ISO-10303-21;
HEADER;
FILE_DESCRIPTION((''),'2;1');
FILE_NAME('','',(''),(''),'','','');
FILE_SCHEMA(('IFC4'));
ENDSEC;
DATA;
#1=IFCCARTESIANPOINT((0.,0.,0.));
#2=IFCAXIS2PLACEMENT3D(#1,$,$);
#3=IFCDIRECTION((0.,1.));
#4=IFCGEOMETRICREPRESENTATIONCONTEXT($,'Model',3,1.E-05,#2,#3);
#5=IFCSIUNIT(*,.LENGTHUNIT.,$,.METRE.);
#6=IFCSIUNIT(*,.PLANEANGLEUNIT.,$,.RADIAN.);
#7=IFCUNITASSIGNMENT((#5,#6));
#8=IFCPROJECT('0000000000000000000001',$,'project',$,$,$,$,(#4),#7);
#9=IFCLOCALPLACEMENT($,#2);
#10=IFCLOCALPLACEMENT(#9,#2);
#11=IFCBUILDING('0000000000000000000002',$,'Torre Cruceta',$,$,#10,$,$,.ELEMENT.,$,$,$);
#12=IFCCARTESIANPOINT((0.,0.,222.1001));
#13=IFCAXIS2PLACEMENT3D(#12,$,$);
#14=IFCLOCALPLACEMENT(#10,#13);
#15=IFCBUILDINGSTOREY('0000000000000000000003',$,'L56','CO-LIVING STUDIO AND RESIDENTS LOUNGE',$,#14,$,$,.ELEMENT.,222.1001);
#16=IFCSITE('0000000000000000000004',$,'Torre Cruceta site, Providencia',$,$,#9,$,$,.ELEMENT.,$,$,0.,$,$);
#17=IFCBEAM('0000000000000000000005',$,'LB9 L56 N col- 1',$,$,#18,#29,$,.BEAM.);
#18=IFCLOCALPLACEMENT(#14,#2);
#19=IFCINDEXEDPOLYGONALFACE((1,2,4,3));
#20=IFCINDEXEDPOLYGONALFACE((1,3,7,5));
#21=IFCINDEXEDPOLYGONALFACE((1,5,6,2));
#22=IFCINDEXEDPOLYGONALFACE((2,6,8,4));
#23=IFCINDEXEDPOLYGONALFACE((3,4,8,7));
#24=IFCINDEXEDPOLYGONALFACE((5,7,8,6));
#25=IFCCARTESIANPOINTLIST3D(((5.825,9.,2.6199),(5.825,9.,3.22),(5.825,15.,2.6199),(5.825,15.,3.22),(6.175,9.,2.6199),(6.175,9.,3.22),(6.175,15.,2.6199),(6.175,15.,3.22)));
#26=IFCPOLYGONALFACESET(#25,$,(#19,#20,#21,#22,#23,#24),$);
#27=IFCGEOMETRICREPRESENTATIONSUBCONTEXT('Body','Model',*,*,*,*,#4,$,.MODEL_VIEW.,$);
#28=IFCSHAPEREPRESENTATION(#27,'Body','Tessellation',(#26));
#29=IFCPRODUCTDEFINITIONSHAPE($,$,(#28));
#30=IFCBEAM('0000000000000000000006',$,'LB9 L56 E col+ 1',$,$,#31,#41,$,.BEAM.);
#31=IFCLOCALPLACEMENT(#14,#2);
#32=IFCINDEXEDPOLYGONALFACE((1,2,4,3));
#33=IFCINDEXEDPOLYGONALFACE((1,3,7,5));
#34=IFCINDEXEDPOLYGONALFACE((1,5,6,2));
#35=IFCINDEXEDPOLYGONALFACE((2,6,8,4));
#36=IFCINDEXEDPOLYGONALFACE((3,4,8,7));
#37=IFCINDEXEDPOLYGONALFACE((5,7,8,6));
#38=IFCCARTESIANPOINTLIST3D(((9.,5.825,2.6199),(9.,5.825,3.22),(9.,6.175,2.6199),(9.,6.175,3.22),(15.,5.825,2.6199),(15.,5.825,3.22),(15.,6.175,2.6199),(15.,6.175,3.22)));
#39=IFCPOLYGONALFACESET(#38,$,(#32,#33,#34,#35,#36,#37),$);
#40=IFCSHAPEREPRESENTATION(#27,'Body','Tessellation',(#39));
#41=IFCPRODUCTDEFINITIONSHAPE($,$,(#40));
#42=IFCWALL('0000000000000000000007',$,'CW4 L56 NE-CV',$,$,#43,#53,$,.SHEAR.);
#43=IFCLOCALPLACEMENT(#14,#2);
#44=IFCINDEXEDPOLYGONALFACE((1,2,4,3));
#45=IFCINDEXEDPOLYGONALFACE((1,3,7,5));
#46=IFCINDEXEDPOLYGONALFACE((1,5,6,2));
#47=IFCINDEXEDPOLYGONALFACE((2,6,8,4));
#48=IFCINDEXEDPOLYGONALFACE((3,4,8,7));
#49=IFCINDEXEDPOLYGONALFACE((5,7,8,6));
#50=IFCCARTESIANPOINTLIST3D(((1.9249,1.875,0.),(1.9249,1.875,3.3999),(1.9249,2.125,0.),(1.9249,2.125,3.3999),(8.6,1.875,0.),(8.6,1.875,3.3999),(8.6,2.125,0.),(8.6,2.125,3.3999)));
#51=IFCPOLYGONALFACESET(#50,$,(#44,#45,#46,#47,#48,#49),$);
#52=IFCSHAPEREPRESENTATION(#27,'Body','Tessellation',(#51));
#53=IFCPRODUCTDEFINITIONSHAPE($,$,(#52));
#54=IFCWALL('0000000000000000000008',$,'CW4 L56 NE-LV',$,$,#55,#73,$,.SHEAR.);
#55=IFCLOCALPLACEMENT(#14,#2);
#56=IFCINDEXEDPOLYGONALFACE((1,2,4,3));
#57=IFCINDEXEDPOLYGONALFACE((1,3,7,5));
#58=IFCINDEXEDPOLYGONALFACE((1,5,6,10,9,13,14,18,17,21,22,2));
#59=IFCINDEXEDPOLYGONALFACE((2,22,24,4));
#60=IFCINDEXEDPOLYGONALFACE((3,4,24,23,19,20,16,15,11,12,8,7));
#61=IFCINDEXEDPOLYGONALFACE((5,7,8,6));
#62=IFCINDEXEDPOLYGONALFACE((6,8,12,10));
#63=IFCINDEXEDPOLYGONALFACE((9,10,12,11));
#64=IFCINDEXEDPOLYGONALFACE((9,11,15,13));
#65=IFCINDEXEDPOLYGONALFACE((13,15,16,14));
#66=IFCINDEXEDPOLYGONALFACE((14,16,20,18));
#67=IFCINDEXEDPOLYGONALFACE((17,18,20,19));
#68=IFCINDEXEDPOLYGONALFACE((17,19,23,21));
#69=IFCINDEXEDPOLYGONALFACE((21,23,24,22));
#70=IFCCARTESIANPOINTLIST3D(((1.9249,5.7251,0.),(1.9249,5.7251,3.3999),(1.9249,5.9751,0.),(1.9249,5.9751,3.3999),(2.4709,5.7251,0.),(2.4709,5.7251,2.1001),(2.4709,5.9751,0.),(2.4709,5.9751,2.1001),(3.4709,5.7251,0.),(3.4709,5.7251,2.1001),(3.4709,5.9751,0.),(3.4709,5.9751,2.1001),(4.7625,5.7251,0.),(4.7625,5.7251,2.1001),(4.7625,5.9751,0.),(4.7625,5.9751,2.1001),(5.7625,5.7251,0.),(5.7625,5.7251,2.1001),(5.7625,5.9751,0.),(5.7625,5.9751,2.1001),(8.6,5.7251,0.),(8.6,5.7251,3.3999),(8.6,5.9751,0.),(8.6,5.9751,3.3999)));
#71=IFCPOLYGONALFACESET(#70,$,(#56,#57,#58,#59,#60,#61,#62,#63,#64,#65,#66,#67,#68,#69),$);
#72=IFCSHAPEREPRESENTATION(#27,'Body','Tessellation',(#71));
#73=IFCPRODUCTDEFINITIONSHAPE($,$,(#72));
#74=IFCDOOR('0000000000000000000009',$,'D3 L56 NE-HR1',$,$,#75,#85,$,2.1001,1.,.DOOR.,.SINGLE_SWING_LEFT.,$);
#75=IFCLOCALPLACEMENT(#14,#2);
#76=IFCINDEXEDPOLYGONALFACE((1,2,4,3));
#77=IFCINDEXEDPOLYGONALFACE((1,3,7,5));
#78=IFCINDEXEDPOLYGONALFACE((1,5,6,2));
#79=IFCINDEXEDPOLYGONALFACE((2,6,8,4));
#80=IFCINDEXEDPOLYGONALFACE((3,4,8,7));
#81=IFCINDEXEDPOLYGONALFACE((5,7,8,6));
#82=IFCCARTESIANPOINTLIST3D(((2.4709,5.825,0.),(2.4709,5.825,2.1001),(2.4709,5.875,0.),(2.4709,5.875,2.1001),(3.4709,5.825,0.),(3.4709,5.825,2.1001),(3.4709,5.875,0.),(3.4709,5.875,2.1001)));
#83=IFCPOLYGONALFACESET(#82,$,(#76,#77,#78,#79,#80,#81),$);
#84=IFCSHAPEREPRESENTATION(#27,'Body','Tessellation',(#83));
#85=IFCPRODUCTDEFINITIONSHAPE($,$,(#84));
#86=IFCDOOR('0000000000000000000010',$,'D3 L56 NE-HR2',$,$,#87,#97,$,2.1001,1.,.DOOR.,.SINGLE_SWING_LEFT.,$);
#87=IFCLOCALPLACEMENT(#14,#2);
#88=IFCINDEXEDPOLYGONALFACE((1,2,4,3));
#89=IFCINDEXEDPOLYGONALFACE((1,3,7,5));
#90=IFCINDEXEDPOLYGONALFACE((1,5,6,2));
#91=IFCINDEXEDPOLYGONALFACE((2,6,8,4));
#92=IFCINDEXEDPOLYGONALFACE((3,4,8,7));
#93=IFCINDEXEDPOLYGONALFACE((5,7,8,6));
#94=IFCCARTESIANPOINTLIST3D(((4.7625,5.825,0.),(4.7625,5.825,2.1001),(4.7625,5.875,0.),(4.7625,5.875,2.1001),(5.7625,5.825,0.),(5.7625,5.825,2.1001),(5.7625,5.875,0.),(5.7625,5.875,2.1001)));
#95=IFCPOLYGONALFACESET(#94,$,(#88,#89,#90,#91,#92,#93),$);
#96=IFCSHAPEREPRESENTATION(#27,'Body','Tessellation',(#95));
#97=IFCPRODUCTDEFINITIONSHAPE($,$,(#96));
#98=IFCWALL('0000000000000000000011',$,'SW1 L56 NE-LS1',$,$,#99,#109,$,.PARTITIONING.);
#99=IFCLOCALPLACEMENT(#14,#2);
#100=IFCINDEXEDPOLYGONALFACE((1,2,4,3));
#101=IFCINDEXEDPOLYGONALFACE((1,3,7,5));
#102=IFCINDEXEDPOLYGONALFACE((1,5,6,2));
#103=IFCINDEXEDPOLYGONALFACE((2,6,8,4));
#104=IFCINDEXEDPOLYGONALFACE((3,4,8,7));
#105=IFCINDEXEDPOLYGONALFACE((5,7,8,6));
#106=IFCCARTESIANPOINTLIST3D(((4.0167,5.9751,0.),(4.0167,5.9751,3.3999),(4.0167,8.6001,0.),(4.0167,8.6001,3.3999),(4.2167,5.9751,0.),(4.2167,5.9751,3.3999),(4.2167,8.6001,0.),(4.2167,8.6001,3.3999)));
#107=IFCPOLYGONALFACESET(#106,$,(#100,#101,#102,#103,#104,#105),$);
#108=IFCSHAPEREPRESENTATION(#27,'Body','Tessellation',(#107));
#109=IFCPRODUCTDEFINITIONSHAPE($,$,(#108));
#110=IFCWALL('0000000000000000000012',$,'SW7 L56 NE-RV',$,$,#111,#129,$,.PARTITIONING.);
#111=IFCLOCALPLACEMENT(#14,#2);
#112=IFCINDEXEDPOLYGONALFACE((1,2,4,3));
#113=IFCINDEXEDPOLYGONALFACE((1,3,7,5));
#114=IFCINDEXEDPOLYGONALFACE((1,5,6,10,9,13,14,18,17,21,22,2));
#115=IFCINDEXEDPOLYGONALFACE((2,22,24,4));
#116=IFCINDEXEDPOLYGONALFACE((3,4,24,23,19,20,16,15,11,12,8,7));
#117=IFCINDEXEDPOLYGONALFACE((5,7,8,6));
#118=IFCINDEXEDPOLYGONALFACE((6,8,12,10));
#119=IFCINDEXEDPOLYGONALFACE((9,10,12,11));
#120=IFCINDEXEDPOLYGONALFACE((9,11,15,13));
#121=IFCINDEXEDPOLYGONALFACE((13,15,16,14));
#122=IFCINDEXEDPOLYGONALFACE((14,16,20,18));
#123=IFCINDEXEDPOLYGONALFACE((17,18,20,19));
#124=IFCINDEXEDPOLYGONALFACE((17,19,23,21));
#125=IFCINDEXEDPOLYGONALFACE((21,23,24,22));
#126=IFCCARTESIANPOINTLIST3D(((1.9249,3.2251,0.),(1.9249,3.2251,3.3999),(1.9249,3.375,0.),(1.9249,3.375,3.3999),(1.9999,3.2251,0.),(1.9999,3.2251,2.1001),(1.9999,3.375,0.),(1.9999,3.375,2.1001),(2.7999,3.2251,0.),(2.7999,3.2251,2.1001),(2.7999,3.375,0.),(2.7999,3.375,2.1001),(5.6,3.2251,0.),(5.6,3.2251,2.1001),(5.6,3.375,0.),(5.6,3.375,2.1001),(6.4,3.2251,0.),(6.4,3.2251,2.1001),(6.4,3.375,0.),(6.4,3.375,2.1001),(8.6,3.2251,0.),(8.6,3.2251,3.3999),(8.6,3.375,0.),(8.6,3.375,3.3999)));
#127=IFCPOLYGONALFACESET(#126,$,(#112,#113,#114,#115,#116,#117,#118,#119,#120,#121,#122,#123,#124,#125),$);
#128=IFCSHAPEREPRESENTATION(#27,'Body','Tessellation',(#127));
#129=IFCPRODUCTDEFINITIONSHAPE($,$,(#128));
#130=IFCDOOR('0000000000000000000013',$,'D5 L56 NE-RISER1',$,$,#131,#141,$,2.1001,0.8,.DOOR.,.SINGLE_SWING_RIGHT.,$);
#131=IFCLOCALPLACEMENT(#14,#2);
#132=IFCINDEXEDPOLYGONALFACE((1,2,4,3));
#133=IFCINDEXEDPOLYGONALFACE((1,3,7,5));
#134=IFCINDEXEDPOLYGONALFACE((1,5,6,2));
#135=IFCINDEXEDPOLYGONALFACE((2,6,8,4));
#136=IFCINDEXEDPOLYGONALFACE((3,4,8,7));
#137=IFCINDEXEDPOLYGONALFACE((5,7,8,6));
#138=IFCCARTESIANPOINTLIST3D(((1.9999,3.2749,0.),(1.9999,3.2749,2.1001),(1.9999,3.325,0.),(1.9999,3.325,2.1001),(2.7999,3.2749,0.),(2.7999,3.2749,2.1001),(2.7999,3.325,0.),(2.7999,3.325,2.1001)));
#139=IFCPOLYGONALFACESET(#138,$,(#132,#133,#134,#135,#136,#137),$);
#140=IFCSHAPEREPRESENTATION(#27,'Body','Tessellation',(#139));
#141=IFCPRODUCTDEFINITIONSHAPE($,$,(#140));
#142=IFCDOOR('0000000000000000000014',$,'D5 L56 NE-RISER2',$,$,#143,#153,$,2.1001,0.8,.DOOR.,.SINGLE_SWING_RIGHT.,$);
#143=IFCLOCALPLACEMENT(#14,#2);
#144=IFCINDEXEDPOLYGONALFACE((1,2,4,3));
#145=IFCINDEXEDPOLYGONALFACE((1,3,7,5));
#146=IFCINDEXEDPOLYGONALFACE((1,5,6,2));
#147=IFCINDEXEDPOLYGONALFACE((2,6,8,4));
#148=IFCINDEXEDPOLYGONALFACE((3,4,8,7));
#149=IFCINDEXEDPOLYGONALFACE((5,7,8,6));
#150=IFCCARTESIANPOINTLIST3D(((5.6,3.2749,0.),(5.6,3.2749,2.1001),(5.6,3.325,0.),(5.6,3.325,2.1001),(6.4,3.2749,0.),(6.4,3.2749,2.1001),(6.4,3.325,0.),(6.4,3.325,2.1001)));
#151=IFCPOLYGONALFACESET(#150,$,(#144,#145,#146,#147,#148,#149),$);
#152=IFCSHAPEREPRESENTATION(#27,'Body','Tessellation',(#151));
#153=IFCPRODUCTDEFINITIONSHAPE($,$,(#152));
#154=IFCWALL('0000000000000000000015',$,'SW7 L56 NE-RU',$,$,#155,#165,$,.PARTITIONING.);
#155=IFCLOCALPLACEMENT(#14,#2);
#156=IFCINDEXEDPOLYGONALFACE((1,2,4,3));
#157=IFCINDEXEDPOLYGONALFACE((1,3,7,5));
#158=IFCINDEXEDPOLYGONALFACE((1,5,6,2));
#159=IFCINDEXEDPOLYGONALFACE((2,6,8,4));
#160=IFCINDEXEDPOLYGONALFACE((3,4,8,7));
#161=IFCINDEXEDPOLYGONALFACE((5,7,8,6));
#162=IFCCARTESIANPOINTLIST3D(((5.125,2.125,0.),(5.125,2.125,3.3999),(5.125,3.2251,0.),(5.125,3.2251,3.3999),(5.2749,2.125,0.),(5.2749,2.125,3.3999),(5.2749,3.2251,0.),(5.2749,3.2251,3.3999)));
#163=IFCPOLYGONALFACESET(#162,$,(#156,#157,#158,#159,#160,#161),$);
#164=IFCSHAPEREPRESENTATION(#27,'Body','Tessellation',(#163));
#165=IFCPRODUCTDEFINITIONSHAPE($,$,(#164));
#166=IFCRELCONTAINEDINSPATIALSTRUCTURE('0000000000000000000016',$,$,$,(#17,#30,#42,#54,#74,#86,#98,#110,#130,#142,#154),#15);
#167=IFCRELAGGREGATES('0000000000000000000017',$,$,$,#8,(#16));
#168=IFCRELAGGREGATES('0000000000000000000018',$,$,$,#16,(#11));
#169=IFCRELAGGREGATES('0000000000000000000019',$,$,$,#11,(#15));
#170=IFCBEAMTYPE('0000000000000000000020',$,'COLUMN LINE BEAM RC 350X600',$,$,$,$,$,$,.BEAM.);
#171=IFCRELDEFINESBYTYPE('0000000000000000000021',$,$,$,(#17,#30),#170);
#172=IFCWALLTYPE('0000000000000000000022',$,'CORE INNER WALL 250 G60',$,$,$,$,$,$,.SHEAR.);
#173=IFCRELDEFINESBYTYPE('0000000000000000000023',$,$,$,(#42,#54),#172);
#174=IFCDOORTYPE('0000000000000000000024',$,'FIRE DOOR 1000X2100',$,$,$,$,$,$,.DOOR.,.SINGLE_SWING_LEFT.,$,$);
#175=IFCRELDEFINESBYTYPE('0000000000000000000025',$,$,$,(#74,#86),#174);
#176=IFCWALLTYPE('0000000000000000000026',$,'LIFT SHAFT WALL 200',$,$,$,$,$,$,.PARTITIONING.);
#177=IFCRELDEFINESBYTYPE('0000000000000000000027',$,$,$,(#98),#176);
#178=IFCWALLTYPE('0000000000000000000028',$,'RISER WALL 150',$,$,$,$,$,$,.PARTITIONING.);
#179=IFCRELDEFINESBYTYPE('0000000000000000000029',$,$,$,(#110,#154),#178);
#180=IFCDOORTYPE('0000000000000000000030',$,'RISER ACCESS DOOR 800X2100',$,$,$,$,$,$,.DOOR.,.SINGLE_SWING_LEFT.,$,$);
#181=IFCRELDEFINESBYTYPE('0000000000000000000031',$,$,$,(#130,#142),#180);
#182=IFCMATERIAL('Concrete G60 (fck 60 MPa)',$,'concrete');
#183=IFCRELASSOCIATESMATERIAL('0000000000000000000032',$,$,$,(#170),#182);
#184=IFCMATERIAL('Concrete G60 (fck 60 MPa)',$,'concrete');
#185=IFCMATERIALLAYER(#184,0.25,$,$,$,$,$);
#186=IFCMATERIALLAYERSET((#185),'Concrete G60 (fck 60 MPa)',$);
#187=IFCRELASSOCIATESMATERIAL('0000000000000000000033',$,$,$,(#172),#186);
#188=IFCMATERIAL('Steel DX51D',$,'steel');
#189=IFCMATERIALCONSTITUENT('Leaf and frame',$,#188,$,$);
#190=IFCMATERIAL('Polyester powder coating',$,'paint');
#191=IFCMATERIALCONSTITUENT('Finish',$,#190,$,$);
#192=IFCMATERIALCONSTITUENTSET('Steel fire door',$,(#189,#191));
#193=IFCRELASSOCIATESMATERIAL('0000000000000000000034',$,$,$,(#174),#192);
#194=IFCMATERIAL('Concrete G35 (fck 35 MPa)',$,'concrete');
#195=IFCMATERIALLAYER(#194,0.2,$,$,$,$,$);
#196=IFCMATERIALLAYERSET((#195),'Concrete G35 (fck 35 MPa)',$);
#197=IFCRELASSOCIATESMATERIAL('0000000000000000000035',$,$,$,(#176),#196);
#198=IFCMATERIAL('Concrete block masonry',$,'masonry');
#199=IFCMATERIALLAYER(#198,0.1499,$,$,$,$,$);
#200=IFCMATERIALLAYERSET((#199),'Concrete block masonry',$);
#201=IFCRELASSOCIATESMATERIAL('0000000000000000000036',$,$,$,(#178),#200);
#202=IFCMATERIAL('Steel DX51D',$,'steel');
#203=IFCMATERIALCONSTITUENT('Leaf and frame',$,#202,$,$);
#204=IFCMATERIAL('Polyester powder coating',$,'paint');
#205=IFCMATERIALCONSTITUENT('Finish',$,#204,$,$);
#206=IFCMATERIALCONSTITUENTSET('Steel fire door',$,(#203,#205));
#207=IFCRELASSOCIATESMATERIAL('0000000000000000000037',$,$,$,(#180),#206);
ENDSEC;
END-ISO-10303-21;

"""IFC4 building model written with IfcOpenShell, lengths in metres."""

from ifc_helpers import new_model, si_unit, direction, frame, frame_2d, origin, origin_2d, place, context, subcontext, project, spatial, rectangle, extrude, material, layer, layer_set, constituent, constituent_set, material_profile, profile_set, type_object, element, fill, save


model = new_model("IFC4")

# Units and contexts
model_context = context("Model", 3, precision=1e-05, world=origin(), true_north=direction((0.0, 1.0)))
body_context = subcontext(model_context, "Body", "Model", "MODEL_VIEW")
ifc_project = project(units=[si_unit("LENGTHUNIT", "METRE"), si_unit("PLANEANGLEUNIT", "RADIAN")], contexts=[model_context])

# Site, building, storey
site_placement = place(None, origin())
site = spatial("IfcSite", under=ifc_project, at=site_placement, Name="Torre Cruceta site, Providencia", CompositionType="ELEMENT", RefElevation=0.0)
building_placement = place(site_placement, origin())
building = spatial("IfcBuilding", under=site, at=building_placement, Name="Torre Cruceta", CompositionType="ELEMENT")
storey_placement = place(building_placement, frame((0.0, 0.0, 222.1001)))
storey = spatial("IfcBuildingStorey", under=building, at=storey_placement, Name="L56", Description="CO-LIVING STUDIO AND RESIDENTS LOUNGE", CompositionType="ELEMENT", Elevation=222.1001)

# Beams
ifc_material_1 = material(Name="Concrete G60 (fck 60 MPa)", Category="concrete")
ifc_material_profile = material_profile(ifc_material_1, rectangle(XDim=0.3501, YDim=0.6001, at=origin_2d()), Name="RC 350X600")
ifc_profile_set = profile_set([ifc_material_profile], Name="Concrete G60 (fck 60 MPa)")
beam_type = type_object("IfcBeamType", Name="COLUMN LINE BEAM RC 350X600", PredefinedType="BEAM", material=ifc_profile_set)
for number, where, z_axis, x_axis, name in (
    (1, (6.0, 9.0, 2.9199), (0.0, 1.0, 0.0), (-1.0, 0.0, 0.0), "LB9 L56 N col- 1"),
    (2, (9.0, 6.0, 2.9199), (1.0, 0.0, 0.0), (0.0, 1.0, 0.0), "LB9 L56 E col+ 1"),
):
    element("IfcBeam", number, at=place(storey_placement, frame(where, z_axis=z_axis, x_axis=x_axis)), inside=storey, type_object=beam_type, Name=name, PredefinedType="BEAM", context=body_context, shape_type="SweptSolid", body=[
        extrude(rectangle(XDim=0.3501, YDim=0.6001, at=origin_2d()), origin(), (0.0, 0.0, 1.0), 6.0),
    ])

# Shared definitions
ifc_material_2 = material(Name="Concrete G60 (fck 60 MPa)", Category="concrete")
ifc_layer_1 = layer(ifc_material_2, 0.25)
ifc_layer_set_1 = layer_set([ifc_layer_1], Name="Concrete G60 (fck 60 MPa)")
wall_type_1 = type_object("IfcWallType", Name="CORE INNER WALL 250 G60", PredefinedType="SHEAR", material=ifc_layer_set_1)

# Wall
wall_1_placement = place(storey_placement, frame((1.925, 2.0, 0.0), z_axis=(0.0, 0.0, 1.0), x_axis=(1.0, 0.0, 0.0)))
element("IfcWall", 3, at=wall_1_placement, inside=storey, type_object=wall_type_1, Name="CW4 L56 NE-CV", PredefinedType="SHEAR", context=body_context, shape_type="SweptSolid", body=[
    extrude(rectangle(XDim=6.675, YDim=0.25, at=frame_2d((3.3374, 0.0))), origin(), (0.0, 0.0, 1.0), 3.3999),
])

# Wall, openings, doors
wall_2_placement = place(storey_placement, frame((1.925, 5.8501, 0.0), z_axis=(0.0, 0.0, 1.0), x_axis=(1.0, 0.0, 0.0)))
wall_2 = element("IfcWall", 4, at=wall_2_placement, inside=storey, type_object=wall_type_1, Name="CW4 L56 NE-LV", PredefinedType="SHEAR", context=body_context, shape_type="SweptSolid", body=[
    extrude(rectangle(XDim=6.675, YDim=0.25, at=frame_2d((3.3374, 0.0))), origin(), (0.0, 0.0, 1.0), 3.3999),
])
opening_1_placement = place(wall_2_placement, frame((0.5459, 0.0, 0.0)))
opening_1 = element("IfcOpeningElement", 5, at=opening_1_placement, cuts=wall_2, PredefinedType="OPENING", context=body_context, shape_type="SweptSolid", body=[
    extrude(rectangle(XDim=1.0, YDim=2.1001, at=frame_2d((0.5, 1.05))), frame((0.0, 0.135, 0.0), z_axis=(0.0, -1.0, 0.0), x_axis=(1.0, 0.0, 0.0)), (0.0, 0.0, 1.0), 0.27),
])
opening_2_placement = place(wall_2_placement, frame((2.8374, 0.0, 0.0)))
opening_2 = element("IfcOpeningElement", 6, at=opening_2_placement, cuts=wall_2, PredefinedType="OPENING", context=body_context, shape_type="SweptSolid", body=[
    extrude(rectangle(XDim=1.0, YDim=2.1001, at=frame_2d((0.5, 1.05))), frame((0.0, 0.135, 0.0), z_axis=(0.0, -1.0, 0.0), x_axis=(1.0, 0.0, 0.0)), (0.0, 0.0, 1.0), 0.27),
])
ifc_material_3 = material(Name="Steel DX51D", Category="steel")
ifc_constituent_1 = constituent(ifc_material_3, Name="Leaf and frame")
ifc_material_4 = material(Name="Polyester powder coating", Category="paint")
ifc_constituent_2 = constituent(ifc_material_4, Name="Finish")
ifc_constituent_set_1 = constituent_set(constituents=[ifc_constituent_1, ifc_constituent_2], Name="Steel fire door")
door_type_1 = type_object("IfcDoorType", Name="FIRE DOOR 1000X2100", OperationType="SINGLE_SWING_LEFT", PredefinedType="DOOR", material=ifc_constituent_set_1)
door_1_placement = place(opening_1_placement, origin())
door_1 = element("IfcDoor", 7, at=door_1_placement, inside=storey, type_object=door_type_1, Name="D3 L56 NE-HR1", OperationType="SINGLE_SWING_LEFT", OverallHeight=2.1001, OverallWidth=1.0, PredefinedType="DOOR", context=body_context, shape_type="SweptSolid", body=[
    extrude(rectangle(XDim=1.0, YDim=2.1001, at=frame_2d((0.5, 1.05))), frame((0.0, 0.0249, 0.0), z_axis=(0.0, -1.0, 0.0), x_axis=(1.0, 0.0, 0.0)), (0.0, 0.0, 1.0), 0.05),
])
fill(opening_1, door_1)
door_2_placement = place(opening_2_placement, origin())
door_2 = element("IfcDoor", 8, at=door_2_placement, inside=storey, type_object=door_type_1, Name="D3 L56 NE-HR2", OperationType="SINGLE_SWING_LEFT", OverallHeight=2.1001, OverallWidth=1.0, PredefinedType="DOOR", context=body_context, shape_type="SweptSolid", body=[
    extrude(rectangle(XDim=1.0, YDim=2.1001, at=frame_2d((0.5, 1.05))), frame((0.0, 0.0249, 0.0), z_axis=(0.0, -1.0, 0.0), x_axis=(1.0, 0.0, 0.0)), (0.0, 0.0, 1.0), 0.05),
])
fill(opening_2, door_2)

# Wall
ifc_material_5 = material(Name="Concrete G35 (fck 35 MPa)", Category="concrete")
ifc_layer_2 = layer(ifc_material_5, 0.2)
ifc_layer_set_2 = layer_set([ifc_layer_2], Name="Concrete G35 (fck 35 MPa)")
wall_type_2 = type_object("IfcWallType", Name="LIFT SHAFT WALL 200", PredefinedType="PARTITIONING", material=ifc_layer_set_2)
wall_3_placement = place(storey_placement, frame((4.1167, 5.9751, 0.0), z_axis=(0.0, 0.0, 1.0), x_axis=(0.0, 1.0, 0.0)))
element("IfcWall", 9, at=wall_3_placement, inside=storey, type_object=wall_type_2, Name="SW1 L56 NE-LS1", PredefinedType="PARTITIONING", context=body_context, shape_type="SweptSolid", body=[
    extrude(rectangle(XDim=2.625, YDim=0.2, at=frame_2d((1.3125, 0.0))), origin(), (0.0, 0.0, 1.0), 3.3999),
])

# Wall, openings, doors
ifc_material_6 = material(Name="Concrete block masonry", Category="masonry")
ifc_layer_3 = layer(ifc_material_6, 0.1499)
ifc_layer_set_3 = layer_set([ifc_layer_3], Name="Concrete block masonry")
wall_type_3 = type_object("IfcWallType", Name="RISER WALL 150", PredefinedType="PARTITIONING", material=ifc_layer_set_3)
wall_4_placement = place(storey_placement, frame((1.925, 3.3, 0.0), z_axis=(0.0, 0.0, 1.0), x_axis=(1.0, 0.0, 0.0)))
wall_4 = element("IfcWall", 10, at=wall_4_placement, inside=storey, type_object=wall_type_3, Name="SW7 L56 NE-RV", PredefinedType="PARTITIONING", context=body_context, shape_type="SweptSolid", body=[
    extrude(rectangle(XDim=6.675, YDim=0.1499, at=frame_2d((3.3374, 0.0))), origin(), (0.0, 0.0, 1.0), 3.3999),
])
opening_3_placement = place(wall_4_placement, frame((0.075, 0.0, 0.0)))
opening_3 = element("IfcOpeningElement", 11, at=opening_3_placement, cuts=wall_4, PredefinedType="OPENING", context=body_context, shape_type="SweptSolid", body=[
    extrude(rectangle(XDim=0.8, YDim=2.1001, at=frame_2d((0.3999, 1.05))), frame((0.0, 0.085, 0.0), z_axis=(0.0, -1.0, 0.0), x_axis=(1.0, 0.0, 0.0)), (0.0, 0.0, 1.0), 0.1699),
])
opening_4_placement = place(wall_4_placement, frame((3.675, 0.0, 0.0)))
opening_4 = element("IfcOpeningElement", 12, at=opening_4_placement, cuts=wall_4, PredefinedType="OPENING", context=body_context, shape_type="SweptSolid", body=[
    extrude(rectangle(XDim=0.8, YDim=2.1001, at=frame_2d((0.3999, 1.05))), frame((0.0, 0.085, 0.0), z_axis=(0.0, -1.0, 0.0), x_axis=(1.0, 0.0, 0.0)), (0.0, 0.0, 1.0), 0.1699),
])
ifc_material_7 = material(Name="Steel DX51D", Category="steel")
ifc_constituent_3 = constituent(ifc_material_7, Name="Leaf and frame")
ifc_material_8 = material(Name="Polyester powder coating", Category="paint")
ifc_constituent_4 = constituent(ifc_material_8, Name="Finish")
ifc_constituent_set_2 = constituent_set(constituents=[ifc_constituent_3, ifc_constituent_4], Name="Steel fire door")
door_type_2 = type_object("IfcDoorType", Name="RISER ACCESS DOOR 800X2100", OperationType="SINGLE_SWING_LEFT", PredefinedType="DOOR", material=ifc_constituent_set_2)
door_3_placement = place(opening_3_placement, frame((0.8, 0.0, 0.0), z_axis=(0.0, 0.0, 1.0), x_axis=(-1.0, 0.0, 0.0)))
door_3 = element("IfcDoor", 13, at=door_3_placement, inside=storey, type_object=door_type_2, Name="D5 L56 NE-RISER1", OperationType="SINGLE_SWING_RIGHT", OverallHeight=2.1001, OverallWidth=0.8, PredefinedType="DOOR", context=body_context, shape_type="SweptSolid", body=[
    extrude(rectangle(XDim=0.8, YDim=2.1001, at=frame_2d((0.4001, 1.05))), frame((0.0, 0.0251, 0.0), z_axis=(0.0, -1.0, 0.0), x_axis=(1.0, 0.0, 0.0)), (0.0, 0.0, 1.0), 0.05),
])
fill(opening_3, door_3)
door_4_placement = place(opening_4_placement, frame((0.8, 0.0, 0.0), z_axis=(0.0, 0.0, 1.0), x_axis=(-1.0, 0.0, 0.0)))
door_4 = element("IfcDoor", 14, at=door_4_placement, inside=storey, type_object=door_type_2, Name="D5 L56 NE-RISER2", OperationType="SINGLE_SWING_RIGHT", OverallHeight=2.1001, OverallWidth=0.8, PredefinedType="DOOR", context=body_context, shape_type="SweptSolid", body=[
    extrude(rectangle(XDim=0.8, YDim=2.1001, at=frame_2d((0.4001, 1.05))), frame((0.0, 0.0251, 0.0), z_axis=(0.0, -1.0, 0.0), x_axis=(1.0, 0.0, 0.0)), (0.0, 0.0, 1.0), 0.05),
])
fill(opening_4, door_4)

# Wall
wall_5_placement = place(storey_placement, frame((5.2, 2.125, 0.0), z_axis=(0.0, 0.0, 1.0), x_axis=(0.0, 1.0, 0.0)))
element("IfcWall", 15, at=wall_5_placement, inside=storey, type_object=wall_type_3, Name="SW7 L56 NE-RU", PredefinedType="PARTITIONING", context=body_context, shape_type="SweptSolid", body=[
    extrude(rectangle(XDim=1.1001, YDim=0.1499, at=frame_2d((0.55, 0.0))), origin(), (0.0, 0.0, 1.0), 3.3999),
])

save(model, "model.ifc")
